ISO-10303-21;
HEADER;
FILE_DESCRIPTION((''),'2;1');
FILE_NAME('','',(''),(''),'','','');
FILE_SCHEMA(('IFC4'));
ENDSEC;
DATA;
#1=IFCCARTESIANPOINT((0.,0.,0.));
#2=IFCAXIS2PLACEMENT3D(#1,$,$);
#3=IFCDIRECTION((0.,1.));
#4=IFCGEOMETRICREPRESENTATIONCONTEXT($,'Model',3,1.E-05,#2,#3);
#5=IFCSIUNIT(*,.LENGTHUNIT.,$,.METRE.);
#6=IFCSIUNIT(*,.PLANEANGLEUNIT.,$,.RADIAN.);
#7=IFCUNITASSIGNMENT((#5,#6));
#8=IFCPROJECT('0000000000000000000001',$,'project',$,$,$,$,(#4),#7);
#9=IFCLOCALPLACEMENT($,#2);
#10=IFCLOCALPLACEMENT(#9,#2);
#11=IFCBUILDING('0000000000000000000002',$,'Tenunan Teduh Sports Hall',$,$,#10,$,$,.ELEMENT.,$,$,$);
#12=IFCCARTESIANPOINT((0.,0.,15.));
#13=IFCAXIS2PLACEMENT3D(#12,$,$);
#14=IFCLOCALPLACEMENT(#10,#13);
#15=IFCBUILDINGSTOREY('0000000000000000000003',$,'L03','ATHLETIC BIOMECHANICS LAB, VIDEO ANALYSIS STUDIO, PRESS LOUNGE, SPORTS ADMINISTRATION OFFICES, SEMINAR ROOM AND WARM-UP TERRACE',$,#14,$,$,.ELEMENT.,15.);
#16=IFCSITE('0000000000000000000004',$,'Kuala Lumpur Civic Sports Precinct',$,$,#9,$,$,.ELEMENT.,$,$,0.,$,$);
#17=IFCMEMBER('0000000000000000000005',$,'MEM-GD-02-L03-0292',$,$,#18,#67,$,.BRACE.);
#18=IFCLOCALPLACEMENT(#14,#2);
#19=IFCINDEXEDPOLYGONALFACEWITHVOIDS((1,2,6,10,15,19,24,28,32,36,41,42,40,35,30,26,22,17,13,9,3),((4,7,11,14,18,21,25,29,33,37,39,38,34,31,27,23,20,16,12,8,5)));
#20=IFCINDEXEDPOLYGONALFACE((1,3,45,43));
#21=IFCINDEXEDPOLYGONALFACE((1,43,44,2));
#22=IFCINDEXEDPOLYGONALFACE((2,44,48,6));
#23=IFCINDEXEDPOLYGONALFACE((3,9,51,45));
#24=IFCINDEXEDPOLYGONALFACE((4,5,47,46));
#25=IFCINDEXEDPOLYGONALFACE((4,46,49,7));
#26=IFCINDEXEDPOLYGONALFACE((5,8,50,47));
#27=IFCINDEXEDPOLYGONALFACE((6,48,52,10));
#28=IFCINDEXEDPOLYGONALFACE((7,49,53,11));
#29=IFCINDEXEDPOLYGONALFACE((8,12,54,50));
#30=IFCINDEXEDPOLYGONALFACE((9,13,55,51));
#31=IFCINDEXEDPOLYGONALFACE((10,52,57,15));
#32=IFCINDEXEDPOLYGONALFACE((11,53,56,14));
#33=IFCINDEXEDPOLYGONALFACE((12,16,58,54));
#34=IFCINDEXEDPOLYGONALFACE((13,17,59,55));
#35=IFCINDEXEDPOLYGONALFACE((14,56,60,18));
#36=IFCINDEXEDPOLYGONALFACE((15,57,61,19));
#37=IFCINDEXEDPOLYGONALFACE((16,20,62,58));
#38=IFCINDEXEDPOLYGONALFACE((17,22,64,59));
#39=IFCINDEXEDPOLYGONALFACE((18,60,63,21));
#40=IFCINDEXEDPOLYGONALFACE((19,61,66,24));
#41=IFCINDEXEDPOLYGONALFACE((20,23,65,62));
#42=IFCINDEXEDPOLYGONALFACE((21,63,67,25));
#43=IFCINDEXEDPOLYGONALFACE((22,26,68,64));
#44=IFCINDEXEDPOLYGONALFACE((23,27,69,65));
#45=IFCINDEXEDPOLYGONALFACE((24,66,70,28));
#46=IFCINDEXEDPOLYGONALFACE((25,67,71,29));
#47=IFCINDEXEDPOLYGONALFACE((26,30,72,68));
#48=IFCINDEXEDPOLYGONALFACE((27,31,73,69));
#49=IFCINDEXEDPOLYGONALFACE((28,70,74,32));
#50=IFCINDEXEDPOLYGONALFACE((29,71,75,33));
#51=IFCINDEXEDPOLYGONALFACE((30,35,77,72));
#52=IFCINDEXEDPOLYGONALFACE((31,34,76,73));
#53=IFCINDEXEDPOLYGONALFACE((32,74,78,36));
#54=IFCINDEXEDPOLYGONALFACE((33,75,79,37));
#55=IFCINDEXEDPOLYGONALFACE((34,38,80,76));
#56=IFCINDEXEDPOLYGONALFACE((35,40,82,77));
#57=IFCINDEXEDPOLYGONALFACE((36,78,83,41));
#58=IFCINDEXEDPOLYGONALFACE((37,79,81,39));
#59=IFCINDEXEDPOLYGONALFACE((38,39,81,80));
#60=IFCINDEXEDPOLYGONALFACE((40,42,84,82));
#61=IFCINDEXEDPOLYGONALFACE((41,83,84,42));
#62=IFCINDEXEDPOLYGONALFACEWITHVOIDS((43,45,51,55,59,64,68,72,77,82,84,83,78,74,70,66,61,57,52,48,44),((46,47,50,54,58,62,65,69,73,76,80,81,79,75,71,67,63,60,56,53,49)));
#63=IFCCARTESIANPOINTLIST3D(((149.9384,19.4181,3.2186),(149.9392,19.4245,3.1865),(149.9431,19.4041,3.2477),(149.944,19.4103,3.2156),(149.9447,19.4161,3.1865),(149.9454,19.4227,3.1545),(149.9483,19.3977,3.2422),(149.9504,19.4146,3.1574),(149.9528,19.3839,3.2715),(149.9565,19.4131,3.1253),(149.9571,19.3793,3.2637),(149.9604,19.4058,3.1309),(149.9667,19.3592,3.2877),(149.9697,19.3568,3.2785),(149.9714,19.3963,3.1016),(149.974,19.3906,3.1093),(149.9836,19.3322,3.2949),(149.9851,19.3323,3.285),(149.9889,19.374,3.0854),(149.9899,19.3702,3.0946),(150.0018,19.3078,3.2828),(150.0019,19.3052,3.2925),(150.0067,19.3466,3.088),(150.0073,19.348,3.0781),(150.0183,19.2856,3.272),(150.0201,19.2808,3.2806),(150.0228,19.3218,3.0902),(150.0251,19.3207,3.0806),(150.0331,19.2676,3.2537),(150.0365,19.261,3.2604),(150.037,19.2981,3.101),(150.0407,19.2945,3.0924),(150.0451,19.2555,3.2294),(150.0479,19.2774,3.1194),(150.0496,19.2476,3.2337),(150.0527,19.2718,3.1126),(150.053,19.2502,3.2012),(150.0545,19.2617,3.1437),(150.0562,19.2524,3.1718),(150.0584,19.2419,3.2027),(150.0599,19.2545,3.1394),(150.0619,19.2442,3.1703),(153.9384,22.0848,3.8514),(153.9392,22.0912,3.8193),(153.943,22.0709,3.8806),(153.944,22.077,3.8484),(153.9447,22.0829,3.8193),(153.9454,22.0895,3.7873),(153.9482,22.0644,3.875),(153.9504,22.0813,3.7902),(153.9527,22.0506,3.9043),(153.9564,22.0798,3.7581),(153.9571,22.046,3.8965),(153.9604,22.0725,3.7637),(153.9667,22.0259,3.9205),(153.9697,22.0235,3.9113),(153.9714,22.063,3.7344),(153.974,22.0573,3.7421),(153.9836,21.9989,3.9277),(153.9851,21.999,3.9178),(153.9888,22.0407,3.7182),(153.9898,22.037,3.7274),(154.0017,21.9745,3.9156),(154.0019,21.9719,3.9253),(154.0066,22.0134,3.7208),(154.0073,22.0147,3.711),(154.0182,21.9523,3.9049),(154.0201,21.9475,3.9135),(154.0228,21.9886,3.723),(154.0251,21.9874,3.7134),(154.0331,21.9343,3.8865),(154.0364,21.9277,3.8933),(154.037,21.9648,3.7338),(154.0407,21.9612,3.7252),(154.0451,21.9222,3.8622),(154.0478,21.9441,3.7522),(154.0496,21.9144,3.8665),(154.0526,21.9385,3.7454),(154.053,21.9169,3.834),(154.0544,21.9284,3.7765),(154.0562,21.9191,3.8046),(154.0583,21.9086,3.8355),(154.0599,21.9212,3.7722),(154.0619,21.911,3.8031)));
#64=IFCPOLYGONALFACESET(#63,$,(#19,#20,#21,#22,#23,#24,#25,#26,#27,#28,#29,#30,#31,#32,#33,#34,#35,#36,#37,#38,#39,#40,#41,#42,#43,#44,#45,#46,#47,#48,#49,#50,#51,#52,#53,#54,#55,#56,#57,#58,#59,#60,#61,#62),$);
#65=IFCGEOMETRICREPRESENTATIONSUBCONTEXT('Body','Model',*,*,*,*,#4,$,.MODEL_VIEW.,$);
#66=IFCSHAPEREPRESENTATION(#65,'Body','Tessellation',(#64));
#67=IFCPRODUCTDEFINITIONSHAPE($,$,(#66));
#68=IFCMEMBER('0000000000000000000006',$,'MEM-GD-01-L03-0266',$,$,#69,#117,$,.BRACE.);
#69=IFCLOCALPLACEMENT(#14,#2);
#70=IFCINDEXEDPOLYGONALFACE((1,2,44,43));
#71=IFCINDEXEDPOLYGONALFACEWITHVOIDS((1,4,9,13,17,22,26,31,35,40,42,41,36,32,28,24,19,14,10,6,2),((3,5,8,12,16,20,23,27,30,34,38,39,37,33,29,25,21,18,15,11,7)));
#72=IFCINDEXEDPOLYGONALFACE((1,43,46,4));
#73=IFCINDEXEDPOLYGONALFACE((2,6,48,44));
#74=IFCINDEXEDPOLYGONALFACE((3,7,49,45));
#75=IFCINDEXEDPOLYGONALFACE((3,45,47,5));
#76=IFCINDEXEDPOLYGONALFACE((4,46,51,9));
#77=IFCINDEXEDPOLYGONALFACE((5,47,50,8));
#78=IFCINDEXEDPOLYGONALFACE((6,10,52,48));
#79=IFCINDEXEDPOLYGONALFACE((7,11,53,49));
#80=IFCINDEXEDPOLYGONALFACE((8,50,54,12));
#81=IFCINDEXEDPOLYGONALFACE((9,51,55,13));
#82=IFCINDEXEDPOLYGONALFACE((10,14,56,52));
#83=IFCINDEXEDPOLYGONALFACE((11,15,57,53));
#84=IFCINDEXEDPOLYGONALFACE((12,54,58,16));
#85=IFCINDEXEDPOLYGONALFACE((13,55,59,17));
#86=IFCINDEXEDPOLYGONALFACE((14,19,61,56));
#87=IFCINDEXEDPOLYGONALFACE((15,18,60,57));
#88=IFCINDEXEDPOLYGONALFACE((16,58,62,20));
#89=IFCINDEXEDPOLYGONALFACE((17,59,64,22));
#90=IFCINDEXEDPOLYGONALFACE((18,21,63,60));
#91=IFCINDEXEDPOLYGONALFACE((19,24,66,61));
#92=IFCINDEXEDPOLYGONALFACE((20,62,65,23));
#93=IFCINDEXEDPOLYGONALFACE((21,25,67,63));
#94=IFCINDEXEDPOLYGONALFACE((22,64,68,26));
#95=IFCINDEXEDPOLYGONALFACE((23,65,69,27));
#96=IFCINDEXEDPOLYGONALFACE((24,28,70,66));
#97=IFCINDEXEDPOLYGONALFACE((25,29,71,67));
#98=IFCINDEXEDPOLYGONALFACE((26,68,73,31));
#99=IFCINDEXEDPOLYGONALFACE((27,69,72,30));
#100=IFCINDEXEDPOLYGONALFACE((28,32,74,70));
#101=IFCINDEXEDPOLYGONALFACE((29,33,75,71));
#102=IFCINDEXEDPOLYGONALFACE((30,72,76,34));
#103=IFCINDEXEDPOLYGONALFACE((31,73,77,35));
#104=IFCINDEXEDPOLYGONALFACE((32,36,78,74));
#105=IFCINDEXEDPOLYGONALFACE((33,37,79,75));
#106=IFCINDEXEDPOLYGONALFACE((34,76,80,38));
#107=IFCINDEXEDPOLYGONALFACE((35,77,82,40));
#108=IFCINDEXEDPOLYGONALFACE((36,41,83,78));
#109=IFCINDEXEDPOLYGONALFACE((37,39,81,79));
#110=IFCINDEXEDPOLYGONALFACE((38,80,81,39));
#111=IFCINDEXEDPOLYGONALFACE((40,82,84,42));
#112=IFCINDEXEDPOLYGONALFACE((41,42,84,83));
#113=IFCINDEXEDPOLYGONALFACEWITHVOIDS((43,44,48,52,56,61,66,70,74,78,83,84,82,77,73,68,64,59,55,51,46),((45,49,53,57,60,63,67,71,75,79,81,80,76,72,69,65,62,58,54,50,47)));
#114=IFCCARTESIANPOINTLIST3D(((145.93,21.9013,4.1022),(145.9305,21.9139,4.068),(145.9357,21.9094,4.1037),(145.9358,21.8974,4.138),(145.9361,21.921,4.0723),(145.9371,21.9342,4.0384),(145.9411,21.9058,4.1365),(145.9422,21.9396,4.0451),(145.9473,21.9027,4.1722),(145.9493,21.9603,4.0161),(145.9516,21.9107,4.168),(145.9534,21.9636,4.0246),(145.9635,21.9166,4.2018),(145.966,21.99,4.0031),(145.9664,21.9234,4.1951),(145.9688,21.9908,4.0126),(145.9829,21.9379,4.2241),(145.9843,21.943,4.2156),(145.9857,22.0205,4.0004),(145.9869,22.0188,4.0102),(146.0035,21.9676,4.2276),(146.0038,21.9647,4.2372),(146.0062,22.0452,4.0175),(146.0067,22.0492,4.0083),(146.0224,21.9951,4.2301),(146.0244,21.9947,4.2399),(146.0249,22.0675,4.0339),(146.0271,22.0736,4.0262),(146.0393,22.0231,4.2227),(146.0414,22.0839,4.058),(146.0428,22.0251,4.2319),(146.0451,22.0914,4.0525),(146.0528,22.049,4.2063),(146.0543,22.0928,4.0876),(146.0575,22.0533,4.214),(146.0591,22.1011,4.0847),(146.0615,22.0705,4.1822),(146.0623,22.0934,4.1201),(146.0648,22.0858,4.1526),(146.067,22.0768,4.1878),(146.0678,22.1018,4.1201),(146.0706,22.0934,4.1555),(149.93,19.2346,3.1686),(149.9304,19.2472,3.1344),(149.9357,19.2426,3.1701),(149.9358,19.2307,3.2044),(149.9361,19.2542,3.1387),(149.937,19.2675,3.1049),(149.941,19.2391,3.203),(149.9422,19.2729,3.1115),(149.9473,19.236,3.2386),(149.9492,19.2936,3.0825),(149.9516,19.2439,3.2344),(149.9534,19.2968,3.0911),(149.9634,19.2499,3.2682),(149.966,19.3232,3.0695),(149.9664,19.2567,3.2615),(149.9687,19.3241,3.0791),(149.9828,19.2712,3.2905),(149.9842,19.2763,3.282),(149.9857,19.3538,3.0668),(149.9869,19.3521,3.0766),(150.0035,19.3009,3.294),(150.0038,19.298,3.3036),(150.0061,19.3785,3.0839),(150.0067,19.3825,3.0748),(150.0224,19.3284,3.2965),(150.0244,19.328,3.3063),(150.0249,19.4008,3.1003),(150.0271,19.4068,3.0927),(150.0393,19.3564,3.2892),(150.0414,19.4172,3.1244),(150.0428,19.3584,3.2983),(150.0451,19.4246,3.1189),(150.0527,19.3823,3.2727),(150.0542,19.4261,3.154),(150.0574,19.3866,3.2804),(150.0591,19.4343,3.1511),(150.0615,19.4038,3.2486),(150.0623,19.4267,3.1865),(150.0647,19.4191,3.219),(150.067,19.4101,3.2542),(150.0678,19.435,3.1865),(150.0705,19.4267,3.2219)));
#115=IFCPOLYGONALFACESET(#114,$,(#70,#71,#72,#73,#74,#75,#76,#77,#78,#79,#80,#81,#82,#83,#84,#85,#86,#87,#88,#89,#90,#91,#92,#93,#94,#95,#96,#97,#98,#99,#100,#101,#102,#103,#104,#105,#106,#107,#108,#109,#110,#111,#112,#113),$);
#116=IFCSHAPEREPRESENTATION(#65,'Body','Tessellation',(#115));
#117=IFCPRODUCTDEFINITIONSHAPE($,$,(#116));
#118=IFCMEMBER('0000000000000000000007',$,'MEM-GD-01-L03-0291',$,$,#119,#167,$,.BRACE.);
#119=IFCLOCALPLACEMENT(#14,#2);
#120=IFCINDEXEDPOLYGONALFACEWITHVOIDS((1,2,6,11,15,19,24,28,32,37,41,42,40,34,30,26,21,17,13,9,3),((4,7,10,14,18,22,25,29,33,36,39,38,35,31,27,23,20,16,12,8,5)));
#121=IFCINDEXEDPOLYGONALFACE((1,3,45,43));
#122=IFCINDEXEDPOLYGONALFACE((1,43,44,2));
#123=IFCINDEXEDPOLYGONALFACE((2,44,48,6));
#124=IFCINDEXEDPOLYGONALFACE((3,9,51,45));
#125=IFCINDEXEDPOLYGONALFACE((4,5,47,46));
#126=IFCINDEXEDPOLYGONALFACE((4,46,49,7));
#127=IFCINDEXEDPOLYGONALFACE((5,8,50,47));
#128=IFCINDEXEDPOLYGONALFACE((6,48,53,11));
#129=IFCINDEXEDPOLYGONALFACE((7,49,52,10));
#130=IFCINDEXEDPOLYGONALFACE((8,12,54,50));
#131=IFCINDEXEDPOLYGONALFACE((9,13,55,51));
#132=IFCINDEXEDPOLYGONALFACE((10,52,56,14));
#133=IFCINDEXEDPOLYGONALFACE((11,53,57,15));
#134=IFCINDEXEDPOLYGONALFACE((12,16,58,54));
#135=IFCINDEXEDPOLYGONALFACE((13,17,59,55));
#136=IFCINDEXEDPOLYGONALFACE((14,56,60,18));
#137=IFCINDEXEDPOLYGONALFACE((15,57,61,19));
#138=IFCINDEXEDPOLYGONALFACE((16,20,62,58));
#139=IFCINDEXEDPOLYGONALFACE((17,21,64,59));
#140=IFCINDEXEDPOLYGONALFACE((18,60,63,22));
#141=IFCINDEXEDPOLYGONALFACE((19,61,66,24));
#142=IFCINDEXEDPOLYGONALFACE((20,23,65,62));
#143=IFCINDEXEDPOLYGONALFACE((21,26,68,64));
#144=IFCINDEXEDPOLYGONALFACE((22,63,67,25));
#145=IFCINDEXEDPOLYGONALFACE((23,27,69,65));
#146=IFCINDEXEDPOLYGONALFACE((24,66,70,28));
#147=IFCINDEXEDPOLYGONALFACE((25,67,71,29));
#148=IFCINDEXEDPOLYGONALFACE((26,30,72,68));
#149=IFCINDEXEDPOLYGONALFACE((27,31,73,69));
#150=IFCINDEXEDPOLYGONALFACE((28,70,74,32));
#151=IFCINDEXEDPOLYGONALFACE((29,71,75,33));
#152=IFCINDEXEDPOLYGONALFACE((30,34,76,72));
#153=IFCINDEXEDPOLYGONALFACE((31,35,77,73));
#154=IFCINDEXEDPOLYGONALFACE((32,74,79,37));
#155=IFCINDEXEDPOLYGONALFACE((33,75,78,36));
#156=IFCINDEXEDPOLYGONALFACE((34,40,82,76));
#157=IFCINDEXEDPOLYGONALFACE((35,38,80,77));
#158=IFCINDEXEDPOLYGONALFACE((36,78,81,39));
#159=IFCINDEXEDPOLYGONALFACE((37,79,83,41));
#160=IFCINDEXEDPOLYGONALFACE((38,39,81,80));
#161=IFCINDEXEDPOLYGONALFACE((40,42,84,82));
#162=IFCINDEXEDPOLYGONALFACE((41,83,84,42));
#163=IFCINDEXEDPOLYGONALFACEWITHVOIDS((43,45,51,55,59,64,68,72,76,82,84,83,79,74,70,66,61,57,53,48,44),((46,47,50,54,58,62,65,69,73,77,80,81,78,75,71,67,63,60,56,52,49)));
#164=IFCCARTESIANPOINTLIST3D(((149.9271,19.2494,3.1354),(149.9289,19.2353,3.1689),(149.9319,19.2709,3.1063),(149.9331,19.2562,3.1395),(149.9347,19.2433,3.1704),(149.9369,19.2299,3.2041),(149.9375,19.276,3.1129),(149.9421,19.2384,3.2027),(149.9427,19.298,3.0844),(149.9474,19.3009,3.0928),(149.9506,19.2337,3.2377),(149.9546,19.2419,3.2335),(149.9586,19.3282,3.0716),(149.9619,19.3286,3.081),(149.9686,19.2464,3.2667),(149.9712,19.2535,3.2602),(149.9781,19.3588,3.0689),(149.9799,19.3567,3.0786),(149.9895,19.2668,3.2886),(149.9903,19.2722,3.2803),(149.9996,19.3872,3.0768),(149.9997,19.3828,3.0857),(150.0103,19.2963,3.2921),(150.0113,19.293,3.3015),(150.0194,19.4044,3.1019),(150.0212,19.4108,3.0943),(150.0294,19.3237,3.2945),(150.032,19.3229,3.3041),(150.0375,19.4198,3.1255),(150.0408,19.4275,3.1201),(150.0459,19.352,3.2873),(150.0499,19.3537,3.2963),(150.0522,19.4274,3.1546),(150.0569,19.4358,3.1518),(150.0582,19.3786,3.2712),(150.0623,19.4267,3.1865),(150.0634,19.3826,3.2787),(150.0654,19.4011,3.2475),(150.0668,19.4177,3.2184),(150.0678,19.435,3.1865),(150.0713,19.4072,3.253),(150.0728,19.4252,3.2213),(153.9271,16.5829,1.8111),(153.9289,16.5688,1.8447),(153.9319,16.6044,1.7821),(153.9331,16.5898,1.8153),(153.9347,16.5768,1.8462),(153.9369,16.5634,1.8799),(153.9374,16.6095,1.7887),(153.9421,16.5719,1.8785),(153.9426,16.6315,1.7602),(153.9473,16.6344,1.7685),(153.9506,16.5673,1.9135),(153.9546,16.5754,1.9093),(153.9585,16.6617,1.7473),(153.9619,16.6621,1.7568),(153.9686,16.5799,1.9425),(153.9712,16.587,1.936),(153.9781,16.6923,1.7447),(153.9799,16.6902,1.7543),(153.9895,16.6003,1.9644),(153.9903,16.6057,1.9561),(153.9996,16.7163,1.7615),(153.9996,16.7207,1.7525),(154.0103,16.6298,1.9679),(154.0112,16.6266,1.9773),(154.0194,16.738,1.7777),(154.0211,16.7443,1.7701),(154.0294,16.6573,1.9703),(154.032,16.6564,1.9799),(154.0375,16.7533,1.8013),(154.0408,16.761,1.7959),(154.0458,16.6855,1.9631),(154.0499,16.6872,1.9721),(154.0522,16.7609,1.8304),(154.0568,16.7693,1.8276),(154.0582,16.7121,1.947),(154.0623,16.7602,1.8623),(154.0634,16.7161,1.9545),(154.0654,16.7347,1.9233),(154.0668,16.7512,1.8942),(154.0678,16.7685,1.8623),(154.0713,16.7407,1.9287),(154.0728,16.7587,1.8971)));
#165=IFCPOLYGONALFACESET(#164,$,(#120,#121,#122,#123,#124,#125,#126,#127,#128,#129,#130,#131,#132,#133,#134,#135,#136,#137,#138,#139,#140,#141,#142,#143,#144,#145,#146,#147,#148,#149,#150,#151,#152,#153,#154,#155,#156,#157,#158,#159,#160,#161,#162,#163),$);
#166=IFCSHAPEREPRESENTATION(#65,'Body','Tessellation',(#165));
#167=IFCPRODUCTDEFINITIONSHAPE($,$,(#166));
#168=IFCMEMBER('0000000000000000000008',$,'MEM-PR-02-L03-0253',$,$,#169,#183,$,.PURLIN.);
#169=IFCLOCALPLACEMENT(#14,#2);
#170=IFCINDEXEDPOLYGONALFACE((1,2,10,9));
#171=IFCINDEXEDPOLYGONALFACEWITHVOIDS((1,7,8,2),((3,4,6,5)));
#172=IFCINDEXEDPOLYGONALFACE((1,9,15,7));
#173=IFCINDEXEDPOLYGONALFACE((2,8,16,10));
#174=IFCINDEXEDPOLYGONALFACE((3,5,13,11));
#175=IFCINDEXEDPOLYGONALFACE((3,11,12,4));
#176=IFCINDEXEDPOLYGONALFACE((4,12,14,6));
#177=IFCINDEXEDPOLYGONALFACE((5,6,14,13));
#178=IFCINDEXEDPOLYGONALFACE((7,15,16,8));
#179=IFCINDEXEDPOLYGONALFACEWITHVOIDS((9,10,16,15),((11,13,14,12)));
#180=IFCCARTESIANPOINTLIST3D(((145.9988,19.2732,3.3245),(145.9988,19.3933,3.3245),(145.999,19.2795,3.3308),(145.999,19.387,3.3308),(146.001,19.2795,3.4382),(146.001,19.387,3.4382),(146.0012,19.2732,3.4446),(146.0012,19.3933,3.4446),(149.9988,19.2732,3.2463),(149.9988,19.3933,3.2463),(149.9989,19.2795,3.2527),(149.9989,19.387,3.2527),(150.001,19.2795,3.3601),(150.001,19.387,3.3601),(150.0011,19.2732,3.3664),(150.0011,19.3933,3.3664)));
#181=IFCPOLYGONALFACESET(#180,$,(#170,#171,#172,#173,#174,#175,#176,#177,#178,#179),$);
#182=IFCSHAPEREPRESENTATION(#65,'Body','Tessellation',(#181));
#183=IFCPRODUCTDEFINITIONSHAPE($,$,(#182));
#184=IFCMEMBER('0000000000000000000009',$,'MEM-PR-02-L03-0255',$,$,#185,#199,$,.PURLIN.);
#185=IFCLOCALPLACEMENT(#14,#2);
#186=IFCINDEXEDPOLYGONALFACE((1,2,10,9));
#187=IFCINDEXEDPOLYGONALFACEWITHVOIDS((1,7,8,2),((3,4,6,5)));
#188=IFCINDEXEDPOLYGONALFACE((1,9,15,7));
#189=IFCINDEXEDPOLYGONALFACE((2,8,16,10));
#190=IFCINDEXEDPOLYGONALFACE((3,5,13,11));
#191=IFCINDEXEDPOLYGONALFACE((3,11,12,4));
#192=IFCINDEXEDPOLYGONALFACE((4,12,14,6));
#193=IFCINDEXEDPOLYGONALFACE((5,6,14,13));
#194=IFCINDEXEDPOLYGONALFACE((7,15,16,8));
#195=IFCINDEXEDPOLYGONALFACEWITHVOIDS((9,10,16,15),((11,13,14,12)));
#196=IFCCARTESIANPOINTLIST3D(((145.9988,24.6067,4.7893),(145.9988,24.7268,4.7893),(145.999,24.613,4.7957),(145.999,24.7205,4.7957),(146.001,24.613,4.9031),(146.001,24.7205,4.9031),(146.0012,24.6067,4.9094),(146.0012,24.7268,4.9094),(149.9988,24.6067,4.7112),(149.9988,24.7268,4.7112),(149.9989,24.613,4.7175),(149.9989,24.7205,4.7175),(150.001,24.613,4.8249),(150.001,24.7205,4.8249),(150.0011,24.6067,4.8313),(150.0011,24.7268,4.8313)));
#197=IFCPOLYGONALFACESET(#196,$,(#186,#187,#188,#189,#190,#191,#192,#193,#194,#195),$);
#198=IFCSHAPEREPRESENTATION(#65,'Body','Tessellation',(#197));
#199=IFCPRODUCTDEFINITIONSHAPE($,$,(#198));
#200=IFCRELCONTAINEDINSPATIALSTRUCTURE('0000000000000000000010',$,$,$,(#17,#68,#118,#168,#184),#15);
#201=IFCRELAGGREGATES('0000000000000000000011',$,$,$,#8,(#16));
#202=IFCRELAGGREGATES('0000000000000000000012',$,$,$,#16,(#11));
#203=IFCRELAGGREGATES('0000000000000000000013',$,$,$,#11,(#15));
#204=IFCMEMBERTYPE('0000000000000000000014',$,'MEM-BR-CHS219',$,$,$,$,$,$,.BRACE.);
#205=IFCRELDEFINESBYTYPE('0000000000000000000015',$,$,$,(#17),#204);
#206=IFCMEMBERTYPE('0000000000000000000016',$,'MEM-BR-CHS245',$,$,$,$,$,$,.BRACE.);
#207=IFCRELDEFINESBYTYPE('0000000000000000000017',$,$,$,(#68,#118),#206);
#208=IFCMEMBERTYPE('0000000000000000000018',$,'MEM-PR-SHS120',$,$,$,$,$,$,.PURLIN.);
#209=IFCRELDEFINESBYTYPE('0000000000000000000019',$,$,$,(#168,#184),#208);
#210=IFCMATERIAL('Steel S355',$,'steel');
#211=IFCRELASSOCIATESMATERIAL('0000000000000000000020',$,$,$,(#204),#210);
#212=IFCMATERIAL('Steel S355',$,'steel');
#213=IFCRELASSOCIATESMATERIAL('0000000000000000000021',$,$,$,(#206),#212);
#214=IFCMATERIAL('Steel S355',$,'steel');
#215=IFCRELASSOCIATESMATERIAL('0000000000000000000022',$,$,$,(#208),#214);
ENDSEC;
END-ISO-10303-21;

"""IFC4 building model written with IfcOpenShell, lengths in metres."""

from ifc_helpers import new_model, si_unit, direction, frame, origin, origin_2d, place, context, subcontext, project, spatial, hollow_rectangle, hollow_circle, extrude, material, material_profile, profile_set, type_object, element, save


model = new_model("IFC4")

# Units and contexts
model_context = context("Model", 3, precision=1e-05, world=origin(), true_north=direction((0.0, 1.0)))
body_context = subcontext(model_context, "Body", "Model", "MODEL_VIEW")
ifc_project = project(units=[si_unit("LENGTHUNIT", "METRE"), si_unit("PLANEANGLEUNIT", "RADIAN")], contexts=[model_context])

# Site, building, storey
site_placement = place(None, origin())
site = spatial("IfcSite", under=ifc_project, at=site_placement, Name="Kuala Lumpur Civic Sports Precinct", CompositionType="ELEMENT", RefElevation=0.0)
building_placement = place(site_placement, origin())
building = spatial("IfcBuilding", under=site, at=building_placement, Name="Tenunan Teduh Sports Hall", CompositionType="ELEMENT")
storey_placement = place(building_placement, frame((0.0, 0.0, 15.0)))
storey = spatial("IfcBuildingStorey", under=building, at=storey_placement, Name="L03", Description="ATHLETIC BIOMECHANICS LAB, VIDEO ANALYSIS STUDIO, PRESS LOUNGE, SPORTS ADMINISTRATION OFFICES, SEMINAR ROOM AND WARM-UP TERRACE", CompositionType="ELEMENT", Elevation=15.0)

# Members
ifc_material_1 = material(Name="Steel S355", Category="steel")
ifc_material_profile_1 = material_profile(ifc_material_1, hollow_circle(Radius=0.1096, WallThickness=0.01, at=origin_2d()), Name="CHS 219.1x10.0")
ifc_profile_set_1 = profile_set([ifc_material_profile_1], Name="Steel S355")
member_type_1 = type_object("IfcMemberType", Name="MEM-BR-CHS219", PredefinedType="BRACE", material=ifc_profile_set_1)
member_1_placement = place(storey_placement, frame((150.0, 19.3333, 3.1865), z_axis=(0.824926, 0.549968, 0.130506), x_axis=(-0.554712, 0.832042, 0.0)))
element("IfcMember", 1, at=member_1_placement, inside=storey, type_object=member_type_1, Name="MEM-GD-02-L03-0292", PredefinedType="BRACE", context=body_context, shape_type="SweptSolid", body=[
    extrude(hollow_circle(Radius=0.1096, WallThickness=0.01, at=origin_2d()), origin(), (0.0, 0.0, 1.0), 4.8489),
])
ifc_material_2 = material(Name="Steel S355", Category="steel")
ifc_material_profile_2 = material_profile(ifc_material_2, hollow_circle(Radius=0.1223, WallThickness=0.01, at=origin_2d()), Name="CHS 244.5x10.0")
ifc_profile_set_2 = profile_set([ifc_material_profile_2], Name="Steel S355")
member_type_2 = type_object("IfcMemberType", Name="MEM-BR-CHS245", PredefinedType="BRACE", material=ifc_profile_set_2)
member_2_placement = place(storey_placement, frame((146.0, 22.0, 4.1201), z_axis=(0.816783, -0.544539, -0.190636), x_axis=(0.554712, 0.832042, 0.0)))
element("IfcMember", 2, at=member_2_placement, inside=storey, type_object=member_type_2, Name="MEM-GD-01-L03-0266", PredefinedType="BRACE", context=body_context, shape_type="SweptSolid", body=[
    extrude(hollow_circle(Radius=0.1223, WallThickness=0.01, at=origin_2d()), origin(), (0.0, 0.0, 1.0), 4.8972),
])
member_3_placement = place(storey_placement, frame((150.0, 19.3333, 3.1865), z_axis=(0.802188, -0.534759, -0.265568), x_axis=(0.554677, 0.832066, 0.0)))
element("IfcMember", 3, at=member_3_placement, inside=storey, type_object=member_type_2, Name="MEM-GD-01-L03-0291", PredefinedType="BRACE", context=body_context, shape_type="SweptSolid", body=[
    extrude(hollow_circle(Radius=0.1223, WallThickness=0.01, at=origin_2d()), origin(), (0.0, 0.0, 1.0), 4.9863),
])
ifc_material_3 = material(Name="Steel S355", Category="steel")
ifc_material_profile_3 = material_profile(ifc_material_3, hollow_rectangle(XDim=0.1201, YDim=0.1201, WallThickness=0.0063, at=origin_2d()), Name="SHS 120x120x6.3")
ifc_profile_set_3 = profile_set([ifc_material_profile_3], Name="Steel S355")
member_type_3 = type_object("IfcMemberType", Name="MEM-PR-SHS120", PredefinedType="PURLIN", material=ifc_profile_set_3)
for number, where, z_axis, x_axis, name in (
    (4, (146.0, 19.3333, 3.3845), (0.999809, 0.0, -0.019528), (0.0, 1.0, 0.0), "MEM-PR-02-L03-0253"),
    (5, (146.0, 24.6667, 4.8494), (0.999809, 0.0, -0.019528), (0.0, 1.0, 0.0), "MEM-PR-02-L03-0255"),
):
    element("IfcMember", number, at=place(storey_placement, frame(where, z_axis=z_axis, x_axis=x_axis)), inside=storey, type_object=member_type_3, Name=name, PredefinedType="PURLIN", context=body_context, shape_type="SweptSolid", body=[
        extrude(hollow_rectangle(XDim=0.1201, YDim=0.1201, WallThickness=0.0063, at=origin_2d()), origin(), (0.0, 0.0, 1.0), 4.0007),
    ])

save(model, "model.ifc")
